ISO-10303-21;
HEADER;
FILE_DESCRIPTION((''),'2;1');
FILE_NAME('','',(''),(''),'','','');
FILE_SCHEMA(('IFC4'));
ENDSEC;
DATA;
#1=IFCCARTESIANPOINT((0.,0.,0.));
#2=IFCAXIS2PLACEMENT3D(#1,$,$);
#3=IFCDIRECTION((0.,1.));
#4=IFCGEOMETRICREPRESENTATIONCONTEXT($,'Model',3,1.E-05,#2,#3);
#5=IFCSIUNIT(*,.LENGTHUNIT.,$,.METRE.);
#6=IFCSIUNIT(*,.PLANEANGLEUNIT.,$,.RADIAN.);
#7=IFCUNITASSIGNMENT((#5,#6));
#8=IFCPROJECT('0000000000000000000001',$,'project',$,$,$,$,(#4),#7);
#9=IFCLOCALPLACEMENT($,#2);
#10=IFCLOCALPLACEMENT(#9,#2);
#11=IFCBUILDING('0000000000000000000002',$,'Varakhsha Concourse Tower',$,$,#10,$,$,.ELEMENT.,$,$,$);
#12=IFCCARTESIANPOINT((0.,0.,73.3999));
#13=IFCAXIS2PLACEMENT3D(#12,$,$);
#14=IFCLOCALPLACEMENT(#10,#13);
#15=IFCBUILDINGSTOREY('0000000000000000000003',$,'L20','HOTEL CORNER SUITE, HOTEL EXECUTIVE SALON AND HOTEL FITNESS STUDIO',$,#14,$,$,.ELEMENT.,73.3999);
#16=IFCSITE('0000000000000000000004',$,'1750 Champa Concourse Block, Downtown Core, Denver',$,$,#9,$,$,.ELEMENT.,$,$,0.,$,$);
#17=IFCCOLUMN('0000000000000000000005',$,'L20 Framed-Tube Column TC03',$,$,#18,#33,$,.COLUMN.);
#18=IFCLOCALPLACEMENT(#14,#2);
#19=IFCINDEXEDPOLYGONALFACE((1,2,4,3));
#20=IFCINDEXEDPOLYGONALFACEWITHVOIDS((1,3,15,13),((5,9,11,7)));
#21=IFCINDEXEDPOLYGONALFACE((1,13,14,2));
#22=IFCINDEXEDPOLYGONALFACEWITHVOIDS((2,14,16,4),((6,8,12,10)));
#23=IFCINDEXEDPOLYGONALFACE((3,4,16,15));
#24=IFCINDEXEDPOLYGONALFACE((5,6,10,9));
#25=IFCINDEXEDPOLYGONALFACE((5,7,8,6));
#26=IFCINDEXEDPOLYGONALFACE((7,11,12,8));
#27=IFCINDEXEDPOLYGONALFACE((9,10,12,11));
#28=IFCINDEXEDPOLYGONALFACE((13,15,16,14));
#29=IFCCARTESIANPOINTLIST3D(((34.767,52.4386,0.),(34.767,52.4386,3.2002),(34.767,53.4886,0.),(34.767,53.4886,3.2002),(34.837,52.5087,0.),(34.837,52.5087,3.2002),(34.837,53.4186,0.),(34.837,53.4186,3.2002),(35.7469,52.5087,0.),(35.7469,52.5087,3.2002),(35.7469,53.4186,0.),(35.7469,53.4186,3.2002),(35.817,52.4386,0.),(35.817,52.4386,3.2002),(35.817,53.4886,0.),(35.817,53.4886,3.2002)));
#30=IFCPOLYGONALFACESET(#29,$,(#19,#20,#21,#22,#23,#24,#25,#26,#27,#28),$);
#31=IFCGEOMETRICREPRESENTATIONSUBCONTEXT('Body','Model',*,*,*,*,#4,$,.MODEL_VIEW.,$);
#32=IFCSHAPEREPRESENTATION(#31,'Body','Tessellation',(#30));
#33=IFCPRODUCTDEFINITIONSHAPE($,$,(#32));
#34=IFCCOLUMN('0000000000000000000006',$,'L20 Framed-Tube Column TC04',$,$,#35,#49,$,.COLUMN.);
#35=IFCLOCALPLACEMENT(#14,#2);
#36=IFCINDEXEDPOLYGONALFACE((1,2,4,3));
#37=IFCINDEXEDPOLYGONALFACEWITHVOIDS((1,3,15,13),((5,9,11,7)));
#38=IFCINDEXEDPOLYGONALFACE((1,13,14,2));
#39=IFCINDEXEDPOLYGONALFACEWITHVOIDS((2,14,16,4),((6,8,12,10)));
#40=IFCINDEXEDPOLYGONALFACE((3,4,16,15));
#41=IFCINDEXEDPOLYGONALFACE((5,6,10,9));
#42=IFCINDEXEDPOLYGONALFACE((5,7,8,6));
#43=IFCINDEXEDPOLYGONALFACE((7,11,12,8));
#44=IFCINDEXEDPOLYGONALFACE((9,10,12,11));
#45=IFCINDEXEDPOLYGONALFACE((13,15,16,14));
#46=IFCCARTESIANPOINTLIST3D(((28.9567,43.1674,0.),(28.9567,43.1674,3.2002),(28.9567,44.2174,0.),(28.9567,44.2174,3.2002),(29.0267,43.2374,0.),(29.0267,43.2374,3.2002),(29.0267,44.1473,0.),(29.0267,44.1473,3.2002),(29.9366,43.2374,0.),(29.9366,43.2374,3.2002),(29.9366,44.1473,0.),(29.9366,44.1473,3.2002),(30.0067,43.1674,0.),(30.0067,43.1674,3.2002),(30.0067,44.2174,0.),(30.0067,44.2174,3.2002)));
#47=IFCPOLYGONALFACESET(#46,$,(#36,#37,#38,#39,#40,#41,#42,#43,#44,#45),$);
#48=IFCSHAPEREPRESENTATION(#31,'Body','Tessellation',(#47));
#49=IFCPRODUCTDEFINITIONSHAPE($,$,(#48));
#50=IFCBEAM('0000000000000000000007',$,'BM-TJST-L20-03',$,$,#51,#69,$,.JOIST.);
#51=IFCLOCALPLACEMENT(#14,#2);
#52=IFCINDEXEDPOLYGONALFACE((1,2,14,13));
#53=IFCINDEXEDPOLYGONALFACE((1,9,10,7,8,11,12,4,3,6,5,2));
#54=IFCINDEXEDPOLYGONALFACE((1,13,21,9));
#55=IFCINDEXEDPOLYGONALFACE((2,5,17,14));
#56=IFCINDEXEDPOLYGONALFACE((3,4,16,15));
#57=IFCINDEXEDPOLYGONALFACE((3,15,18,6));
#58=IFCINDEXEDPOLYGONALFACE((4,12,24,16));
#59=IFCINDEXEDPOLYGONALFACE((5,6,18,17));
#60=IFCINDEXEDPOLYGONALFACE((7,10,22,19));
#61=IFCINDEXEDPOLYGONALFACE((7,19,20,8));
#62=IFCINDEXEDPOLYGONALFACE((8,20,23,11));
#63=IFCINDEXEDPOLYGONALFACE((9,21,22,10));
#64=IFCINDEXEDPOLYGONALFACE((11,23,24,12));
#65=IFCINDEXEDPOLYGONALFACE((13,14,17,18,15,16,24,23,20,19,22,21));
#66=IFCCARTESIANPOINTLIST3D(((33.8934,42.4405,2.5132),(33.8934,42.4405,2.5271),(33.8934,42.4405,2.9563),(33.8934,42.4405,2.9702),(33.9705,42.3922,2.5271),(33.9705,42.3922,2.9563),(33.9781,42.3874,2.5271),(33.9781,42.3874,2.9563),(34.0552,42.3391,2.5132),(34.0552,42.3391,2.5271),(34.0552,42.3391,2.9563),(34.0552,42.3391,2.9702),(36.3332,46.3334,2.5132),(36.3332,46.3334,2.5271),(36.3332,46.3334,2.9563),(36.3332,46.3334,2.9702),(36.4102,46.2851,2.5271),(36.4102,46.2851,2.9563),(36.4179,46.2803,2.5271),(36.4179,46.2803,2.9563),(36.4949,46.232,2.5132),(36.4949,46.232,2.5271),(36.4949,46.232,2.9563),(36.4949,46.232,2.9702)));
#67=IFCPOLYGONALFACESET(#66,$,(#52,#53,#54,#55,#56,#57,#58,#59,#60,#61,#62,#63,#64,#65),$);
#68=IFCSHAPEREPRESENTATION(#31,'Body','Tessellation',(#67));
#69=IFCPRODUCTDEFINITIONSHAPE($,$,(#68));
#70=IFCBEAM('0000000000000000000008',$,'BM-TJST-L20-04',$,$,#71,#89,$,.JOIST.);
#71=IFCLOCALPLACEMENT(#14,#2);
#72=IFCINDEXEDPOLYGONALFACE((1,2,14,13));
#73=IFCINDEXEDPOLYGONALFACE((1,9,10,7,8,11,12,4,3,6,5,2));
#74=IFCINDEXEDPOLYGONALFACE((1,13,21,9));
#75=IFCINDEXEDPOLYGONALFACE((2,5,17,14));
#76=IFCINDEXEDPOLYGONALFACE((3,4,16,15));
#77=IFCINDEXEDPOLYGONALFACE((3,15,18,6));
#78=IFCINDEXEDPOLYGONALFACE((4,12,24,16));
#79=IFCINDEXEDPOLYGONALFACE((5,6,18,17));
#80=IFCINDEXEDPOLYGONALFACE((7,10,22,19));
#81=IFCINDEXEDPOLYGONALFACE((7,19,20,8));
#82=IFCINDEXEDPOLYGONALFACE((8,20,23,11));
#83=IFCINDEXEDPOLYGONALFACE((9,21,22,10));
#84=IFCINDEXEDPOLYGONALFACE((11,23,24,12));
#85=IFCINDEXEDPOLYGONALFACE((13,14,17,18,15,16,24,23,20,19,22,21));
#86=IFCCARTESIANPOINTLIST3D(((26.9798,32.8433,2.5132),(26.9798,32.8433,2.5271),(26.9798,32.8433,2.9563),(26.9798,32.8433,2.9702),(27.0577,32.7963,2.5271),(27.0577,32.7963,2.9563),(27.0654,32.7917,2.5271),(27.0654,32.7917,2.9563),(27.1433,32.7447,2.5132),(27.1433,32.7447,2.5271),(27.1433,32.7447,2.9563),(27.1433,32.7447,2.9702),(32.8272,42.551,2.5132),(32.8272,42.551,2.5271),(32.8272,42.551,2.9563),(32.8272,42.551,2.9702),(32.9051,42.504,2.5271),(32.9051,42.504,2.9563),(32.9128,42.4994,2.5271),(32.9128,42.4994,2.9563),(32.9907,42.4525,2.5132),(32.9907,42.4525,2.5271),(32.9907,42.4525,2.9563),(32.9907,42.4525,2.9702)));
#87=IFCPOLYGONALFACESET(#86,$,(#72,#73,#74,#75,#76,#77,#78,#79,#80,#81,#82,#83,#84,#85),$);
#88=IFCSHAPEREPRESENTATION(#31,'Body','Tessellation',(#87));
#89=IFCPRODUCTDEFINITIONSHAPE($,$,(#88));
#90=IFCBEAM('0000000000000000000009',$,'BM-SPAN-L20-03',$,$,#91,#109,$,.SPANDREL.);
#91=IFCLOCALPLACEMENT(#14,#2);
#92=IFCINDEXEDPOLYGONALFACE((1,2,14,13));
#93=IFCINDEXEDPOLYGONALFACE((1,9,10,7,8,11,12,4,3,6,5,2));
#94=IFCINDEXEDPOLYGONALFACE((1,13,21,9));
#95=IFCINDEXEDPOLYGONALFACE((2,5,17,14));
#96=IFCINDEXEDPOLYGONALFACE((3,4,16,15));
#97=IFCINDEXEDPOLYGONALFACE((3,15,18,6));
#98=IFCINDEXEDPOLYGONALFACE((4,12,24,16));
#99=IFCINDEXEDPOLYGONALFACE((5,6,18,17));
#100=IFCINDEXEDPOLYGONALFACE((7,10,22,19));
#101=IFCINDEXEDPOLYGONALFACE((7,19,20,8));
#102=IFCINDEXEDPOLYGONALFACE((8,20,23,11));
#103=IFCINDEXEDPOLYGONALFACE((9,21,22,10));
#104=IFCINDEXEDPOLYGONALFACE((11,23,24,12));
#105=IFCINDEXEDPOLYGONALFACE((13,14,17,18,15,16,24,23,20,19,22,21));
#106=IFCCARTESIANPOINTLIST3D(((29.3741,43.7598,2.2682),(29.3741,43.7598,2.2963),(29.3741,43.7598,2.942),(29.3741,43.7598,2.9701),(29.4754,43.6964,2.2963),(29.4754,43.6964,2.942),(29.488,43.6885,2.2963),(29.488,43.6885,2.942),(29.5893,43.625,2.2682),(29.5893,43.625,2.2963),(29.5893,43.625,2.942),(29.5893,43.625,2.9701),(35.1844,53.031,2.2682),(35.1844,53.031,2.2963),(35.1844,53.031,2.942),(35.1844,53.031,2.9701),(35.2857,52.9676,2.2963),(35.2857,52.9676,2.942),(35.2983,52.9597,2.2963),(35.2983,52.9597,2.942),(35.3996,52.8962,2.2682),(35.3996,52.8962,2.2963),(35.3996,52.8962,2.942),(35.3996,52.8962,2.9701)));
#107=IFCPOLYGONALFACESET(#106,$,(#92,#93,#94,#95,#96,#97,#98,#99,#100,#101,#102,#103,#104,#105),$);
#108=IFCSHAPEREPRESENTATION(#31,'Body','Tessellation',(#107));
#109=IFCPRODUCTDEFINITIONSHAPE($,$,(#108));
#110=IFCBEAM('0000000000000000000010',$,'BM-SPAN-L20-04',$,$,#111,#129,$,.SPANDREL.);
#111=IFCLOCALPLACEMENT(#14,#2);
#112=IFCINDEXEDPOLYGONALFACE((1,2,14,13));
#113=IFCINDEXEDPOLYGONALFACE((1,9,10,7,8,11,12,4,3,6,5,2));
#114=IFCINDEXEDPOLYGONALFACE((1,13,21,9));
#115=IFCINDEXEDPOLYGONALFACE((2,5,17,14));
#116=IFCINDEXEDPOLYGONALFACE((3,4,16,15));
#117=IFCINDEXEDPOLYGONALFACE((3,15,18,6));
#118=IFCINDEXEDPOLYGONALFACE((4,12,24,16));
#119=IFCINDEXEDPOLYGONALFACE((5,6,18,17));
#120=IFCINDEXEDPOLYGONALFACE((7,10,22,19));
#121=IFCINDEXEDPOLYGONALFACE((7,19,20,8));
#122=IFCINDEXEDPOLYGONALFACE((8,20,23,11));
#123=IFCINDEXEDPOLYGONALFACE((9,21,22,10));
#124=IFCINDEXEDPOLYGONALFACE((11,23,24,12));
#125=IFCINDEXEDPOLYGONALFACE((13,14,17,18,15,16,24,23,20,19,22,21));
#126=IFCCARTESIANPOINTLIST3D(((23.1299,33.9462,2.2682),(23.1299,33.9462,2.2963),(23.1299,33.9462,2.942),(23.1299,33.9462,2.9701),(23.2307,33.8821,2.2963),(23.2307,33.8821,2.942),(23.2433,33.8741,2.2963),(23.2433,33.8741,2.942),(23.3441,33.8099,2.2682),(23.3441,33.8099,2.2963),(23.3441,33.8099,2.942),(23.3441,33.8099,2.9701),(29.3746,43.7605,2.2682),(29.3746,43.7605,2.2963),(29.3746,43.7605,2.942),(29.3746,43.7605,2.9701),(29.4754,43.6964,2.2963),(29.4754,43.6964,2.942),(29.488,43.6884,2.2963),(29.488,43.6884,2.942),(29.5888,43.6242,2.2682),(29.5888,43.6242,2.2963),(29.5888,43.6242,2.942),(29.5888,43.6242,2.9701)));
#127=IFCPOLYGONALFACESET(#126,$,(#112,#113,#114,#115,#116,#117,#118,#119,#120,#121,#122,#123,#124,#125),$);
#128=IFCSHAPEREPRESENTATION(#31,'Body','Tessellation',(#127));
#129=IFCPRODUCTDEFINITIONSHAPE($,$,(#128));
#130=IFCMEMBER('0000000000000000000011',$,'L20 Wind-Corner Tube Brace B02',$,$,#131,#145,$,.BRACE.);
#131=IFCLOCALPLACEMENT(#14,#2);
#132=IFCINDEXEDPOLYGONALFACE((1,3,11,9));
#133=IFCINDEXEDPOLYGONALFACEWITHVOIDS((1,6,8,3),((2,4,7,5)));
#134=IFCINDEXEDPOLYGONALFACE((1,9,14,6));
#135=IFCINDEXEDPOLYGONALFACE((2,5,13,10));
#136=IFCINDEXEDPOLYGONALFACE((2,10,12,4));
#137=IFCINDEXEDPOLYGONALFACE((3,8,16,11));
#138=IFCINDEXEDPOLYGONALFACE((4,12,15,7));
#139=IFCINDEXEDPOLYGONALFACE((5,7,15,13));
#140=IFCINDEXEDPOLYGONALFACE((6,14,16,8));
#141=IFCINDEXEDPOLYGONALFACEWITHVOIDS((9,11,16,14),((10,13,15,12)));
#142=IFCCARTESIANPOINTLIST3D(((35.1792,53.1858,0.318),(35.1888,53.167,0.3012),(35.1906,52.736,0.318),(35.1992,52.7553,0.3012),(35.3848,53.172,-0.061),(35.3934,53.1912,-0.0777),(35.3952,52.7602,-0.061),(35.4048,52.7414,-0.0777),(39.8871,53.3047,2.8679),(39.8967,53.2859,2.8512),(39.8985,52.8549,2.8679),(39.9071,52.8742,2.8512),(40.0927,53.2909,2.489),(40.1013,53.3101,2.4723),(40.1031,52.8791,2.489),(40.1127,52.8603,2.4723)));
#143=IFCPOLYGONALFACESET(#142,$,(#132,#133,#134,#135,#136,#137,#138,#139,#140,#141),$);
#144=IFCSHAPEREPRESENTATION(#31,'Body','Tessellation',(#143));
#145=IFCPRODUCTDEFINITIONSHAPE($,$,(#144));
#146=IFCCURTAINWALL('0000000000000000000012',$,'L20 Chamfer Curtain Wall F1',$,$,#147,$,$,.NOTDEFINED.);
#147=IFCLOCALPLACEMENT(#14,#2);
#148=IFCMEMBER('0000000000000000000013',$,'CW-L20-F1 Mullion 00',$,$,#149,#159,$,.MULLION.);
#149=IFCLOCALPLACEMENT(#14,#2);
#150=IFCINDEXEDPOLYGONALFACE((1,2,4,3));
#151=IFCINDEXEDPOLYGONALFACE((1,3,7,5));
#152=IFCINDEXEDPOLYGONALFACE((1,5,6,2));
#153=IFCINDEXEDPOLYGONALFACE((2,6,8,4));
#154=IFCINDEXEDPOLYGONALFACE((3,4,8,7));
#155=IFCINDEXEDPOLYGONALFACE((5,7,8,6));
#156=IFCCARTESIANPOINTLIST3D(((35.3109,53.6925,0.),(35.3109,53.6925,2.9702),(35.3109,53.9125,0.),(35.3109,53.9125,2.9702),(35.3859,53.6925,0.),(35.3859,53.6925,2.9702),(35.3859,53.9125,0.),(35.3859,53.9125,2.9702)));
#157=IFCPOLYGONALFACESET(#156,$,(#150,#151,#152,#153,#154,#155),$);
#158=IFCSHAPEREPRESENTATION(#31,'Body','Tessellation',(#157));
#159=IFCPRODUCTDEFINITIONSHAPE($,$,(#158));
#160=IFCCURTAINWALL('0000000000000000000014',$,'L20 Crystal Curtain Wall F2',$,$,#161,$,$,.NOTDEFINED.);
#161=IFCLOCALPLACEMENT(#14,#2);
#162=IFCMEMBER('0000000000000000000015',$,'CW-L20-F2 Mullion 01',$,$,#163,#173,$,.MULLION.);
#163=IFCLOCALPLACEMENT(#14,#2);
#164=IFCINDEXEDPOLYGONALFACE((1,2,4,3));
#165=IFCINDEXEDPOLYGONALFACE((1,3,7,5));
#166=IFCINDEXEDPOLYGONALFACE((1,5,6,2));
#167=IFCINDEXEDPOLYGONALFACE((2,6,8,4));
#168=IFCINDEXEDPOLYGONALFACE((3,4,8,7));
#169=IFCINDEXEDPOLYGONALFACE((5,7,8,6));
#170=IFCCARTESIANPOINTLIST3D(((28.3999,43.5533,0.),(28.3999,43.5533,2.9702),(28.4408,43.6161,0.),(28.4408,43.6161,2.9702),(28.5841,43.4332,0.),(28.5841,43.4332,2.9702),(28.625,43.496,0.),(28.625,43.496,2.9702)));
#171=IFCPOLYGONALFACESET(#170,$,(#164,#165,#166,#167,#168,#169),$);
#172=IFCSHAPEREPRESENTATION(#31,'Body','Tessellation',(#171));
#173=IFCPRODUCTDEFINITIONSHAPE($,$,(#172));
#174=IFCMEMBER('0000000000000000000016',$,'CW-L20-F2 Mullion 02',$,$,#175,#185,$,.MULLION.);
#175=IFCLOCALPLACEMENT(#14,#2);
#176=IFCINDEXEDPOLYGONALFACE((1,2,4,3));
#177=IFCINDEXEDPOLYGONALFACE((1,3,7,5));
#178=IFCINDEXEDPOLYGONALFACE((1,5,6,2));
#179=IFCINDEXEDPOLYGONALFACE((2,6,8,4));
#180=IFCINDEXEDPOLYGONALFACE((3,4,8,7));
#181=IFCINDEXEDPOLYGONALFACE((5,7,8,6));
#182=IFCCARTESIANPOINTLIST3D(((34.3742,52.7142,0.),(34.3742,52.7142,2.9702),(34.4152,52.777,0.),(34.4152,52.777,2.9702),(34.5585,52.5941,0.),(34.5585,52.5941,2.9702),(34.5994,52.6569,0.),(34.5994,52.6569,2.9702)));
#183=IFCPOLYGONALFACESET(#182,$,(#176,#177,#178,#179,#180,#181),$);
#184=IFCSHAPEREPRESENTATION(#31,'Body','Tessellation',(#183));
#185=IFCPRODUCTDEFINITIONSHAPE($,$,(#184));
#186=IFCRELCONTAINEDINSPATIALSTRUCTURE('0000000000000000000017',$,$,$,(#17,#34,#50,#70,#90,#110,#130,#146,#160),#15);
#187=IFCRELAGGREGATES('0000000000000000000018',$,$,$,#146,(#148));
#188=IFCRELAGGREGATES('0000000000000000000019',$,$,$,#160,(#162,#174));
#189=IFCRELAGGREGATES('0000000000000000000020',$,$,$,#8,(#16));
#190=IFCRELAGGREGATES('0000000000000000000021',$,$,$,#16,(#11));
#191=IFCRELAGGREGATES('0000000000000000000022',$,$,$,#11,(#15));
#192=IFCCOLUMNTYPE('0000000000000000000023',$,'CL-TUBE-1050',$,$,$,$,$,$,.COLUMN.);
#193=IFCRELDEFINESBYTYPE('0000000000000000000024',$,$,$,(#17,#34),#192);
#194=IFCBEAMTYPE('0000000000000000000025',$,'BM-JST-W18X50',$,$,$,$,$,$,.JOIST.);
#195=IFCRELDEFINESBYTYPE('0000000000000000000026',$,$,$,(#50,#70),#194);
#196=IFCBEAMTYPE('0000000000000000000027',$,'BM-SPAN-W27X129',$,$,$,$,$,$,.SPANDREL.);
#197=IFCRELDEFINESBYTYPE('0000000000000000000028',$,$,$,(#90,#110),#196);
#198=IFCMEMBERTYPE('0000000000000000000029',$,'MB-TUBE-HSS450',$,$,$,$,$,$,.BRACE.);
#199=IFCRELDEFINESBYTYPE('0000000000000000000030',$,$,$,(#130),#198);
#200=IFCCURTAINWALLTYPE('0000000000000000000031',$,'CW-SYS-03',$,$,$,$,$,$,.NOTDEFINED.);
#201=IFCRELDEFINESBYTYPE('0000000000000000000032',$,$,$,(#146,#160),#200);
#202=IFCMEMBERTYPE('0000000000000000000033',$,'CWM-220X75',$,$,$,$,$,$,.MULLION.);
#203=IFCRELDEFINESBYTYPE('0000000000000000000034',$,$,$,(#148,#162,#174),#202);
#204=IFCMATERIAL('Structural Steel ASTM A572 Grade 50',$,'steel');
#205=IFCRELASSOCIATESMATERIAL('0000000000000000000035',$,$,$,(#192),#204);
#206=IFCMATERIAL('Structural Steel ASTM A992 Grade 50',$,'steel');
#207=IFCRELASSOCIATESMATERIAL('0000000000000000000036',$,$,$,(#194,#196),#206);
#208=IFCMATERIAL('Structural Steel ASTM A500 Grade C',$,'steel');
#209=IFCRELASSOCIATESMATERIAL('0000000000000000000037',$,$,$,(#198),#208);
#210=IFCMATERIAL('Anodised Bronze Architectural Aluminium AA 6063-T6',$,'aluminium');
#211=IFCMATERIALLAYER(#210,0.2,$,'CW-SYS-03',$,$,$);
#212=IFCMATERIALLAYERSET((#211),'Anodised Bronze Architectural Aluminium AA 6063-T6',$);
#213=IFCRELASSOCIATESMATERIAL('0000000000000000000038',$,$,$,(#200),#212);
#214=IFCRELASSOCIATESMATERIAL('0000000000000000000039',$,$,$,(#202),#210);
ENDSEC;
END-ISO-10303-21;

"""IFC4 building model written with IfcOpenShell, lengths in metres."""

from ifc_helpers import new_model, si_unit, direction, frame, origin, origin_2d, place, context, subcontext, project, spatial, rectangle, hollow_rectangle, i_section, extrude, source, transform, mapped, material, layer, layer_set, material_profile, profile_set, type_object, type_shapes, element, aggregate, save


model = new_model("IFC4")

# Units and contexts
model_context = context("Model", 3, precision=1e-05, world=origin(), true_north=direction((0.0, 1.0)))
body_context = subcontext(model_context, "Body", "Model", "MODEL_VIEW")
ifc_project = project(units=[si_unit("LENGTHUNIT", "METRE"), si_unit("PLANEANGLEUNIT", "RADIAN")], contexts=[model_context])

# Site, building, storey
site_placement = place(None, origin())
site = spatial("IfcSite", under=ifc_project, at=site_placement, Name="1750 Champa Concourse Block, Downtown Core, Denver", CompositionType="ELEMENT", RefElevation=0.0)
building_placement = place(site_placement, origin())
building = spatial("IfcBuilding", under=site, at=building_placement, Name="Varakhsha Concourse Tower", CompositionType="ELEMENT")
storey_placement = place(building_placement, frame((0.0, 0.0, 73.3999)))
storey = spatial("IfcBuildingStorey", under=building, at=storey_placement, Name="L20", Description="HOTEL CORNER SUITE, HOTEL EXECUTIVE SALON AND HOTEL FITNESS STUDIO", CompositionType="ELEMENT", Elevation=73.3999)

# Columns
ifc_material_1 = material(Name="Structural Steel ASTM A572 Grade 50", Category="steel")
ifc_material_profile_1 = material_profile(ifc_material_1, hollow_rectangle(XDim=1.05, YDim=1.05, WallThickness=0.0701, at=origin_2d()), Name="BOX 1050x1050x70")
ifc_profile_set_1 = profile_set([ifc_material_profile_1], Name="Structural Steel ASTM A572 Grade 50")
column_type = type_object("IfcColumnType", Name="CL-TUBE-1050", PredefinedType="COLUMN", material=ifc_profile_set_1)
for number, where, z_axis, x_axis, name in (
    (1, (35.292, 52.9636, 0.0), (0.0, 0.0, 1.0), (1.0, 0.0, 0.0), "L20 Framed-Tube Column TC03"),
    (2, (29.4817, 43.6924, 0.0), (0.0, 0.0, 1.0), (1.0, 0.0, 0.0), "L20 Framed-Tube Column TC04"),
):
    element("IfcColumn", number, at=place(storey_placement, frame(where, z_axis=z_axis, x_axis=x_axis)), inside=storey, type_object=column_type, Name=name, PredefinedType="COLUMN", context=body_context, shape_type="SweptSolid", body=[
        extrude(hollow_rectangle(XDim=1.05, YDim=1.05, WallThickness=0.0701, at=origin_2d()), origin(), (0.0, 0.0, 1.0), 3.2002),
    ])

# Beams
ifc_material_2 = material(Name="Structural Steel ASTM A992 Grade 50", Category="steel")
ifc_material_profile_2 = material_profile(ifc_material_2, i_section(OverallWidth=0.1909, OverallDepth=0.457, WebThickness=0.009, FlangeThickness=0.0139, at=origin_2d()), Name="W18X50")
ifc_profile_set_2 = profile_set([ifc_material_profile_2], Name="Structural Steel ASTM A992 Grade 50")
beam_type_1 = type_object("IfcBeamType", Name="BM-JST-W18X50", PredefinedType="JOIST", material=ifc_profile_set_2)
beam_1_placement = place(storey_placement, frame((36.4141, 46.2827, 2.7417), z_axis=(-0.531045, -0.847344, 0.0), x_axis=(0.847344, -0.531045, 0.0)))
element("IfcBeam", 3, at=beam_1_placement, inside=storey, type_object=beam_type_1, Name="BM-TJST-L20-03", PredefinedType="JOIST", context=body_context, shape_type="SweptSolid", body=[
    extrude(i_section(OverallWidth=0.1909, OverallDepth=0.457, WebThickness=0.009, FlangeThickness=0.0139, at=origin_2d()), origin(), (0.0, 0.0, 1.0), 4.5942),
])
beam_2_placement = place(storey_placement, frame((32.9089, 42.5017, 2.7417), z_axis=(-0.515971, -0.856606, 0.0), x_axis=(0.856606, -0.515971, 0.0)))
element("IfcBeam", 4, at=beam_2_placement, inside=storey, type_object=beam_type_1, Name="BM-TJST-L20-04", PredefinedType="JOIST", context=body_context, shape_type="SweptSolid", body=[
    extrude(i_section(OverallWidth=0.1909, OverallDepth=0.457, WebThickness=0.009, FlangeThickness=0.0139, at=origin_2d()), origin(), (0.0, 0.0, 1.0), 11.3328),
])
ifc_material_profile_3 = material_profile(ifc_material_2, i_section(OverallWidth=0.2539, OverallDepth=0.7019, WebThickness=0.0149, FlangeThickness=0.0281, at=origin_2d()), Name="W27X129")
ifc_profile_set_3 = profile_set([ifc_material_profile_3], Name="Structural Steel ASTM A992 Grade 50")
beam_type_2 = type_object("IfcBeamType", Name="BM-SPAN-W27X129", PredefinedType="SPANDREL", material=ifc_profile_set_3)
beam_3_placement = place(storey_placement, frame((35.292, 52.9636, 2.6191), z_axis=(-0.531035, -0.84735, 0.0), x_axis=(0.84735, -0.531035, 0.0)))
element("IfcBeam", 5, at=beam_3_placement, inside=storey, type_object=beam_type_2, Name="BM-SPAN-L20-03", PredefinedType="SPANDREL", context=body_context, shape_type="SweptSolid", body=[
    extrude(i_section(OverallWidth=0.2539, OverallDepth=0.7019, WebThickness=0.0149, FlangeThickness=0.0281, at=origin_2d()), origin(), (0.0, 0.0, 1.0), 10.9414),
])
beam_4_placement = place(storey_placement, frame((29.4817, 43.6924, 2.6191), z_axis=(-0.536828, -0.843692, 0.0), x_axis=(0.843692, -0.536828, 0.0)))
element("IfcBeam", 6, at=beam_4_placement, inside=storey, type_object=beam_type_2, Name="BM-SPAN-L20-04", PredefinedType="SPANDREL", context=body_context, shape_type="SweptSolid", body=[
    extrude(i_section(OverallWidth=0.2539, OverallDepth=0.7019, WebThickness=0.0149, FlangeThickness=0.0281, at=origin_2d()), origin(), (0.0, 0.0, 1.0), 11.6326),
])

# Member
ifc_material_3 = material(Name="Structural Steel ASTM A500 Grade C", Category="steel")
ifc_material_profile_4 = material_profile(ifc_material_3, hollow_rectangle(XDim=0.45, YDim=0.45, WallThickness=0.019, at=origin_2d()), Name="HSS 450x450x19")
ifc_profile_set_4 = profile_set([ifc_material_profile_4], Name="Structural Steel ASTM A500 Grade C")
member_type_1 = type_object("IfcMemberType", Name="MB-TUBE-HSS450", PredefinedType="BRACE", material=ifc_profile_set_4)
shared_shape_1 = source(origin(), body_context, "Body", "SweptSolid", [
    extrude(hollow_rectangle(XDim=0.45, YDim=0.45, WallThickness=0.019, at=origin_2d()), origin(), (0.0, 0.0, 1.0), 5.3555),
])
type_shapes(member_type_1, [shared_shape_1])
member_1_placement = place(storey_placement, frame((35.292, 52.9636, 0.1201), z_axis=(0.879085, 0.0222, 0.476148), x_axis=(-0.025246, 0.999681, 0.0)))
element("IfcMember", 7, at=member_1_placement, inside=storey, type_object=member_type_1, Name="L20 Wind-Corner Tube Brace B02", PredefinedType="BRACE", context=body_context, shape_type="MappedRepresentation", body=[
    mapped(shared_shape_1, transform((0.0, 0.0, 0.0), scale=1.0)),
])

# Curtain wall, member
ifc_material_4 = material(Name="Anodised Bronze Architectural Aluminium AA 6063-T6", Category="aluminium")
ifc_layer_1 = layer(ifc_material_4, 0.2, Name="CW-SYS-03")
ifc_layer_set_1 = layer_set([ifc_layer_1], Name="Anodised Bronze Architectural Aluminium AA 6063-T6")
curtain_wall_type = type_object("IfcCurtainWallType", Name="CW-SYS-03", PredefinedType="NOTDEFINED", material=ifc_layer_set_1)
curtain_wall_1_placement = place(storey_placement, origin())
curtain_wall_1 = element("IfcCurtainWall", 8, at=curtain_wall_1_placement, inside=storey, type_object=curtain_wall_type, Name="L20 Chamfer Curtain Wall F1", PredefinedType="NOTDEFINED")
ifc_material_profile_5 = material_profile(ifc_material_4, rectangle(XDim=0.075, YDim=0.22, at=origin_2d()), Name="CWM-220X75")
ifc_profile_set_5 = profile_set([ifc_material_profile_5], Name="Anodised Bronze Architectural Aluminium AA 6063-T6")
member_type_2 = type_object("IfcMemberType", Name="CWM-220X75", PredefinedType="MULLION", material=ifc_profile_set_5)
shared_shape_2 = source(origin(), body_context, "Body", "SweptSolid", [
    extrude(rectangle(XDim=0.075, YDim=0.22, at=origin_2d()), origin(), (0.0, 0.0, 1.0), 2.9702),
])
type_shapes(member_type_2, [shared_shape_2])
member_2_placement = place(storey_placement, frame((35.3484, 53.8025, 0.0), z_axis=(0.0, 0.0, 1.0), x_axis=(1.0, 0.0, 0.0)))
member_2 = element("IfcMember", 9, at=member_2_placement, type_object=member_type_2, Name="CW-L20-F1 Mullion 00", PredefinedType="MULLION", context=body_context, shape_type="MappedRepresentation", body=[
    mapped(shared_shape_2, transform((0.0, 0.0, 0.0), scale=1.0)),
])

# Curtain wall, members
curtain_wall_2_placement = place(storey_placement, origin())
curtain_wall_2 = element("IfcCurtainWall", 10, at=curtain_wall_2_placement, inside=storey, type_object=curtain_wall_type, Name="L20 Crystal Curtain Wall F2", PredefinedType="NOTDEFINED")
member_3_placement = place(storey_placement, frame((28.5125, 43.5247, 0.0), z_axis=(0.0, 0.0, 1.0), x_axis=(0.54625, 0.837622, 0.0)))
member_3 = element("IfcMember", 11, at=member_3_placement, type_object=member_type_2, Name="CW-L20-F2 Mullion 01", PredefinedType="MULLION", context=body_context, shape_type="MappedRepresentation", body=[
    mapped(shared_shape_2, transform((0.0, 0.0, 0.0), scale=1.0)),
])
member_4_placement = place(storey_placement, frame((34.4868, 52.6855, 0.0), z_axis=(0.0, 0.0, 1.0), x_axis=(0.54625, 0.837622, 0.0)))
member_4 = element("IfcMember", 12, at=member_4_placement, type_object=member_type_2, Name="CW-L20-F2 Mullion 02", PredefinedType="MULLION", context=body_context, shape_type="MappedRepresentation", body=[
    mapped(shared_shape_2, transform((0.0, 0.0, 0.0), scale=1.0)),
])

aggregate(curtain_wall_1, [member_2])

aggregate(curtain_wall_2, [member_3, member_4])

save(model, "model.ifc")
